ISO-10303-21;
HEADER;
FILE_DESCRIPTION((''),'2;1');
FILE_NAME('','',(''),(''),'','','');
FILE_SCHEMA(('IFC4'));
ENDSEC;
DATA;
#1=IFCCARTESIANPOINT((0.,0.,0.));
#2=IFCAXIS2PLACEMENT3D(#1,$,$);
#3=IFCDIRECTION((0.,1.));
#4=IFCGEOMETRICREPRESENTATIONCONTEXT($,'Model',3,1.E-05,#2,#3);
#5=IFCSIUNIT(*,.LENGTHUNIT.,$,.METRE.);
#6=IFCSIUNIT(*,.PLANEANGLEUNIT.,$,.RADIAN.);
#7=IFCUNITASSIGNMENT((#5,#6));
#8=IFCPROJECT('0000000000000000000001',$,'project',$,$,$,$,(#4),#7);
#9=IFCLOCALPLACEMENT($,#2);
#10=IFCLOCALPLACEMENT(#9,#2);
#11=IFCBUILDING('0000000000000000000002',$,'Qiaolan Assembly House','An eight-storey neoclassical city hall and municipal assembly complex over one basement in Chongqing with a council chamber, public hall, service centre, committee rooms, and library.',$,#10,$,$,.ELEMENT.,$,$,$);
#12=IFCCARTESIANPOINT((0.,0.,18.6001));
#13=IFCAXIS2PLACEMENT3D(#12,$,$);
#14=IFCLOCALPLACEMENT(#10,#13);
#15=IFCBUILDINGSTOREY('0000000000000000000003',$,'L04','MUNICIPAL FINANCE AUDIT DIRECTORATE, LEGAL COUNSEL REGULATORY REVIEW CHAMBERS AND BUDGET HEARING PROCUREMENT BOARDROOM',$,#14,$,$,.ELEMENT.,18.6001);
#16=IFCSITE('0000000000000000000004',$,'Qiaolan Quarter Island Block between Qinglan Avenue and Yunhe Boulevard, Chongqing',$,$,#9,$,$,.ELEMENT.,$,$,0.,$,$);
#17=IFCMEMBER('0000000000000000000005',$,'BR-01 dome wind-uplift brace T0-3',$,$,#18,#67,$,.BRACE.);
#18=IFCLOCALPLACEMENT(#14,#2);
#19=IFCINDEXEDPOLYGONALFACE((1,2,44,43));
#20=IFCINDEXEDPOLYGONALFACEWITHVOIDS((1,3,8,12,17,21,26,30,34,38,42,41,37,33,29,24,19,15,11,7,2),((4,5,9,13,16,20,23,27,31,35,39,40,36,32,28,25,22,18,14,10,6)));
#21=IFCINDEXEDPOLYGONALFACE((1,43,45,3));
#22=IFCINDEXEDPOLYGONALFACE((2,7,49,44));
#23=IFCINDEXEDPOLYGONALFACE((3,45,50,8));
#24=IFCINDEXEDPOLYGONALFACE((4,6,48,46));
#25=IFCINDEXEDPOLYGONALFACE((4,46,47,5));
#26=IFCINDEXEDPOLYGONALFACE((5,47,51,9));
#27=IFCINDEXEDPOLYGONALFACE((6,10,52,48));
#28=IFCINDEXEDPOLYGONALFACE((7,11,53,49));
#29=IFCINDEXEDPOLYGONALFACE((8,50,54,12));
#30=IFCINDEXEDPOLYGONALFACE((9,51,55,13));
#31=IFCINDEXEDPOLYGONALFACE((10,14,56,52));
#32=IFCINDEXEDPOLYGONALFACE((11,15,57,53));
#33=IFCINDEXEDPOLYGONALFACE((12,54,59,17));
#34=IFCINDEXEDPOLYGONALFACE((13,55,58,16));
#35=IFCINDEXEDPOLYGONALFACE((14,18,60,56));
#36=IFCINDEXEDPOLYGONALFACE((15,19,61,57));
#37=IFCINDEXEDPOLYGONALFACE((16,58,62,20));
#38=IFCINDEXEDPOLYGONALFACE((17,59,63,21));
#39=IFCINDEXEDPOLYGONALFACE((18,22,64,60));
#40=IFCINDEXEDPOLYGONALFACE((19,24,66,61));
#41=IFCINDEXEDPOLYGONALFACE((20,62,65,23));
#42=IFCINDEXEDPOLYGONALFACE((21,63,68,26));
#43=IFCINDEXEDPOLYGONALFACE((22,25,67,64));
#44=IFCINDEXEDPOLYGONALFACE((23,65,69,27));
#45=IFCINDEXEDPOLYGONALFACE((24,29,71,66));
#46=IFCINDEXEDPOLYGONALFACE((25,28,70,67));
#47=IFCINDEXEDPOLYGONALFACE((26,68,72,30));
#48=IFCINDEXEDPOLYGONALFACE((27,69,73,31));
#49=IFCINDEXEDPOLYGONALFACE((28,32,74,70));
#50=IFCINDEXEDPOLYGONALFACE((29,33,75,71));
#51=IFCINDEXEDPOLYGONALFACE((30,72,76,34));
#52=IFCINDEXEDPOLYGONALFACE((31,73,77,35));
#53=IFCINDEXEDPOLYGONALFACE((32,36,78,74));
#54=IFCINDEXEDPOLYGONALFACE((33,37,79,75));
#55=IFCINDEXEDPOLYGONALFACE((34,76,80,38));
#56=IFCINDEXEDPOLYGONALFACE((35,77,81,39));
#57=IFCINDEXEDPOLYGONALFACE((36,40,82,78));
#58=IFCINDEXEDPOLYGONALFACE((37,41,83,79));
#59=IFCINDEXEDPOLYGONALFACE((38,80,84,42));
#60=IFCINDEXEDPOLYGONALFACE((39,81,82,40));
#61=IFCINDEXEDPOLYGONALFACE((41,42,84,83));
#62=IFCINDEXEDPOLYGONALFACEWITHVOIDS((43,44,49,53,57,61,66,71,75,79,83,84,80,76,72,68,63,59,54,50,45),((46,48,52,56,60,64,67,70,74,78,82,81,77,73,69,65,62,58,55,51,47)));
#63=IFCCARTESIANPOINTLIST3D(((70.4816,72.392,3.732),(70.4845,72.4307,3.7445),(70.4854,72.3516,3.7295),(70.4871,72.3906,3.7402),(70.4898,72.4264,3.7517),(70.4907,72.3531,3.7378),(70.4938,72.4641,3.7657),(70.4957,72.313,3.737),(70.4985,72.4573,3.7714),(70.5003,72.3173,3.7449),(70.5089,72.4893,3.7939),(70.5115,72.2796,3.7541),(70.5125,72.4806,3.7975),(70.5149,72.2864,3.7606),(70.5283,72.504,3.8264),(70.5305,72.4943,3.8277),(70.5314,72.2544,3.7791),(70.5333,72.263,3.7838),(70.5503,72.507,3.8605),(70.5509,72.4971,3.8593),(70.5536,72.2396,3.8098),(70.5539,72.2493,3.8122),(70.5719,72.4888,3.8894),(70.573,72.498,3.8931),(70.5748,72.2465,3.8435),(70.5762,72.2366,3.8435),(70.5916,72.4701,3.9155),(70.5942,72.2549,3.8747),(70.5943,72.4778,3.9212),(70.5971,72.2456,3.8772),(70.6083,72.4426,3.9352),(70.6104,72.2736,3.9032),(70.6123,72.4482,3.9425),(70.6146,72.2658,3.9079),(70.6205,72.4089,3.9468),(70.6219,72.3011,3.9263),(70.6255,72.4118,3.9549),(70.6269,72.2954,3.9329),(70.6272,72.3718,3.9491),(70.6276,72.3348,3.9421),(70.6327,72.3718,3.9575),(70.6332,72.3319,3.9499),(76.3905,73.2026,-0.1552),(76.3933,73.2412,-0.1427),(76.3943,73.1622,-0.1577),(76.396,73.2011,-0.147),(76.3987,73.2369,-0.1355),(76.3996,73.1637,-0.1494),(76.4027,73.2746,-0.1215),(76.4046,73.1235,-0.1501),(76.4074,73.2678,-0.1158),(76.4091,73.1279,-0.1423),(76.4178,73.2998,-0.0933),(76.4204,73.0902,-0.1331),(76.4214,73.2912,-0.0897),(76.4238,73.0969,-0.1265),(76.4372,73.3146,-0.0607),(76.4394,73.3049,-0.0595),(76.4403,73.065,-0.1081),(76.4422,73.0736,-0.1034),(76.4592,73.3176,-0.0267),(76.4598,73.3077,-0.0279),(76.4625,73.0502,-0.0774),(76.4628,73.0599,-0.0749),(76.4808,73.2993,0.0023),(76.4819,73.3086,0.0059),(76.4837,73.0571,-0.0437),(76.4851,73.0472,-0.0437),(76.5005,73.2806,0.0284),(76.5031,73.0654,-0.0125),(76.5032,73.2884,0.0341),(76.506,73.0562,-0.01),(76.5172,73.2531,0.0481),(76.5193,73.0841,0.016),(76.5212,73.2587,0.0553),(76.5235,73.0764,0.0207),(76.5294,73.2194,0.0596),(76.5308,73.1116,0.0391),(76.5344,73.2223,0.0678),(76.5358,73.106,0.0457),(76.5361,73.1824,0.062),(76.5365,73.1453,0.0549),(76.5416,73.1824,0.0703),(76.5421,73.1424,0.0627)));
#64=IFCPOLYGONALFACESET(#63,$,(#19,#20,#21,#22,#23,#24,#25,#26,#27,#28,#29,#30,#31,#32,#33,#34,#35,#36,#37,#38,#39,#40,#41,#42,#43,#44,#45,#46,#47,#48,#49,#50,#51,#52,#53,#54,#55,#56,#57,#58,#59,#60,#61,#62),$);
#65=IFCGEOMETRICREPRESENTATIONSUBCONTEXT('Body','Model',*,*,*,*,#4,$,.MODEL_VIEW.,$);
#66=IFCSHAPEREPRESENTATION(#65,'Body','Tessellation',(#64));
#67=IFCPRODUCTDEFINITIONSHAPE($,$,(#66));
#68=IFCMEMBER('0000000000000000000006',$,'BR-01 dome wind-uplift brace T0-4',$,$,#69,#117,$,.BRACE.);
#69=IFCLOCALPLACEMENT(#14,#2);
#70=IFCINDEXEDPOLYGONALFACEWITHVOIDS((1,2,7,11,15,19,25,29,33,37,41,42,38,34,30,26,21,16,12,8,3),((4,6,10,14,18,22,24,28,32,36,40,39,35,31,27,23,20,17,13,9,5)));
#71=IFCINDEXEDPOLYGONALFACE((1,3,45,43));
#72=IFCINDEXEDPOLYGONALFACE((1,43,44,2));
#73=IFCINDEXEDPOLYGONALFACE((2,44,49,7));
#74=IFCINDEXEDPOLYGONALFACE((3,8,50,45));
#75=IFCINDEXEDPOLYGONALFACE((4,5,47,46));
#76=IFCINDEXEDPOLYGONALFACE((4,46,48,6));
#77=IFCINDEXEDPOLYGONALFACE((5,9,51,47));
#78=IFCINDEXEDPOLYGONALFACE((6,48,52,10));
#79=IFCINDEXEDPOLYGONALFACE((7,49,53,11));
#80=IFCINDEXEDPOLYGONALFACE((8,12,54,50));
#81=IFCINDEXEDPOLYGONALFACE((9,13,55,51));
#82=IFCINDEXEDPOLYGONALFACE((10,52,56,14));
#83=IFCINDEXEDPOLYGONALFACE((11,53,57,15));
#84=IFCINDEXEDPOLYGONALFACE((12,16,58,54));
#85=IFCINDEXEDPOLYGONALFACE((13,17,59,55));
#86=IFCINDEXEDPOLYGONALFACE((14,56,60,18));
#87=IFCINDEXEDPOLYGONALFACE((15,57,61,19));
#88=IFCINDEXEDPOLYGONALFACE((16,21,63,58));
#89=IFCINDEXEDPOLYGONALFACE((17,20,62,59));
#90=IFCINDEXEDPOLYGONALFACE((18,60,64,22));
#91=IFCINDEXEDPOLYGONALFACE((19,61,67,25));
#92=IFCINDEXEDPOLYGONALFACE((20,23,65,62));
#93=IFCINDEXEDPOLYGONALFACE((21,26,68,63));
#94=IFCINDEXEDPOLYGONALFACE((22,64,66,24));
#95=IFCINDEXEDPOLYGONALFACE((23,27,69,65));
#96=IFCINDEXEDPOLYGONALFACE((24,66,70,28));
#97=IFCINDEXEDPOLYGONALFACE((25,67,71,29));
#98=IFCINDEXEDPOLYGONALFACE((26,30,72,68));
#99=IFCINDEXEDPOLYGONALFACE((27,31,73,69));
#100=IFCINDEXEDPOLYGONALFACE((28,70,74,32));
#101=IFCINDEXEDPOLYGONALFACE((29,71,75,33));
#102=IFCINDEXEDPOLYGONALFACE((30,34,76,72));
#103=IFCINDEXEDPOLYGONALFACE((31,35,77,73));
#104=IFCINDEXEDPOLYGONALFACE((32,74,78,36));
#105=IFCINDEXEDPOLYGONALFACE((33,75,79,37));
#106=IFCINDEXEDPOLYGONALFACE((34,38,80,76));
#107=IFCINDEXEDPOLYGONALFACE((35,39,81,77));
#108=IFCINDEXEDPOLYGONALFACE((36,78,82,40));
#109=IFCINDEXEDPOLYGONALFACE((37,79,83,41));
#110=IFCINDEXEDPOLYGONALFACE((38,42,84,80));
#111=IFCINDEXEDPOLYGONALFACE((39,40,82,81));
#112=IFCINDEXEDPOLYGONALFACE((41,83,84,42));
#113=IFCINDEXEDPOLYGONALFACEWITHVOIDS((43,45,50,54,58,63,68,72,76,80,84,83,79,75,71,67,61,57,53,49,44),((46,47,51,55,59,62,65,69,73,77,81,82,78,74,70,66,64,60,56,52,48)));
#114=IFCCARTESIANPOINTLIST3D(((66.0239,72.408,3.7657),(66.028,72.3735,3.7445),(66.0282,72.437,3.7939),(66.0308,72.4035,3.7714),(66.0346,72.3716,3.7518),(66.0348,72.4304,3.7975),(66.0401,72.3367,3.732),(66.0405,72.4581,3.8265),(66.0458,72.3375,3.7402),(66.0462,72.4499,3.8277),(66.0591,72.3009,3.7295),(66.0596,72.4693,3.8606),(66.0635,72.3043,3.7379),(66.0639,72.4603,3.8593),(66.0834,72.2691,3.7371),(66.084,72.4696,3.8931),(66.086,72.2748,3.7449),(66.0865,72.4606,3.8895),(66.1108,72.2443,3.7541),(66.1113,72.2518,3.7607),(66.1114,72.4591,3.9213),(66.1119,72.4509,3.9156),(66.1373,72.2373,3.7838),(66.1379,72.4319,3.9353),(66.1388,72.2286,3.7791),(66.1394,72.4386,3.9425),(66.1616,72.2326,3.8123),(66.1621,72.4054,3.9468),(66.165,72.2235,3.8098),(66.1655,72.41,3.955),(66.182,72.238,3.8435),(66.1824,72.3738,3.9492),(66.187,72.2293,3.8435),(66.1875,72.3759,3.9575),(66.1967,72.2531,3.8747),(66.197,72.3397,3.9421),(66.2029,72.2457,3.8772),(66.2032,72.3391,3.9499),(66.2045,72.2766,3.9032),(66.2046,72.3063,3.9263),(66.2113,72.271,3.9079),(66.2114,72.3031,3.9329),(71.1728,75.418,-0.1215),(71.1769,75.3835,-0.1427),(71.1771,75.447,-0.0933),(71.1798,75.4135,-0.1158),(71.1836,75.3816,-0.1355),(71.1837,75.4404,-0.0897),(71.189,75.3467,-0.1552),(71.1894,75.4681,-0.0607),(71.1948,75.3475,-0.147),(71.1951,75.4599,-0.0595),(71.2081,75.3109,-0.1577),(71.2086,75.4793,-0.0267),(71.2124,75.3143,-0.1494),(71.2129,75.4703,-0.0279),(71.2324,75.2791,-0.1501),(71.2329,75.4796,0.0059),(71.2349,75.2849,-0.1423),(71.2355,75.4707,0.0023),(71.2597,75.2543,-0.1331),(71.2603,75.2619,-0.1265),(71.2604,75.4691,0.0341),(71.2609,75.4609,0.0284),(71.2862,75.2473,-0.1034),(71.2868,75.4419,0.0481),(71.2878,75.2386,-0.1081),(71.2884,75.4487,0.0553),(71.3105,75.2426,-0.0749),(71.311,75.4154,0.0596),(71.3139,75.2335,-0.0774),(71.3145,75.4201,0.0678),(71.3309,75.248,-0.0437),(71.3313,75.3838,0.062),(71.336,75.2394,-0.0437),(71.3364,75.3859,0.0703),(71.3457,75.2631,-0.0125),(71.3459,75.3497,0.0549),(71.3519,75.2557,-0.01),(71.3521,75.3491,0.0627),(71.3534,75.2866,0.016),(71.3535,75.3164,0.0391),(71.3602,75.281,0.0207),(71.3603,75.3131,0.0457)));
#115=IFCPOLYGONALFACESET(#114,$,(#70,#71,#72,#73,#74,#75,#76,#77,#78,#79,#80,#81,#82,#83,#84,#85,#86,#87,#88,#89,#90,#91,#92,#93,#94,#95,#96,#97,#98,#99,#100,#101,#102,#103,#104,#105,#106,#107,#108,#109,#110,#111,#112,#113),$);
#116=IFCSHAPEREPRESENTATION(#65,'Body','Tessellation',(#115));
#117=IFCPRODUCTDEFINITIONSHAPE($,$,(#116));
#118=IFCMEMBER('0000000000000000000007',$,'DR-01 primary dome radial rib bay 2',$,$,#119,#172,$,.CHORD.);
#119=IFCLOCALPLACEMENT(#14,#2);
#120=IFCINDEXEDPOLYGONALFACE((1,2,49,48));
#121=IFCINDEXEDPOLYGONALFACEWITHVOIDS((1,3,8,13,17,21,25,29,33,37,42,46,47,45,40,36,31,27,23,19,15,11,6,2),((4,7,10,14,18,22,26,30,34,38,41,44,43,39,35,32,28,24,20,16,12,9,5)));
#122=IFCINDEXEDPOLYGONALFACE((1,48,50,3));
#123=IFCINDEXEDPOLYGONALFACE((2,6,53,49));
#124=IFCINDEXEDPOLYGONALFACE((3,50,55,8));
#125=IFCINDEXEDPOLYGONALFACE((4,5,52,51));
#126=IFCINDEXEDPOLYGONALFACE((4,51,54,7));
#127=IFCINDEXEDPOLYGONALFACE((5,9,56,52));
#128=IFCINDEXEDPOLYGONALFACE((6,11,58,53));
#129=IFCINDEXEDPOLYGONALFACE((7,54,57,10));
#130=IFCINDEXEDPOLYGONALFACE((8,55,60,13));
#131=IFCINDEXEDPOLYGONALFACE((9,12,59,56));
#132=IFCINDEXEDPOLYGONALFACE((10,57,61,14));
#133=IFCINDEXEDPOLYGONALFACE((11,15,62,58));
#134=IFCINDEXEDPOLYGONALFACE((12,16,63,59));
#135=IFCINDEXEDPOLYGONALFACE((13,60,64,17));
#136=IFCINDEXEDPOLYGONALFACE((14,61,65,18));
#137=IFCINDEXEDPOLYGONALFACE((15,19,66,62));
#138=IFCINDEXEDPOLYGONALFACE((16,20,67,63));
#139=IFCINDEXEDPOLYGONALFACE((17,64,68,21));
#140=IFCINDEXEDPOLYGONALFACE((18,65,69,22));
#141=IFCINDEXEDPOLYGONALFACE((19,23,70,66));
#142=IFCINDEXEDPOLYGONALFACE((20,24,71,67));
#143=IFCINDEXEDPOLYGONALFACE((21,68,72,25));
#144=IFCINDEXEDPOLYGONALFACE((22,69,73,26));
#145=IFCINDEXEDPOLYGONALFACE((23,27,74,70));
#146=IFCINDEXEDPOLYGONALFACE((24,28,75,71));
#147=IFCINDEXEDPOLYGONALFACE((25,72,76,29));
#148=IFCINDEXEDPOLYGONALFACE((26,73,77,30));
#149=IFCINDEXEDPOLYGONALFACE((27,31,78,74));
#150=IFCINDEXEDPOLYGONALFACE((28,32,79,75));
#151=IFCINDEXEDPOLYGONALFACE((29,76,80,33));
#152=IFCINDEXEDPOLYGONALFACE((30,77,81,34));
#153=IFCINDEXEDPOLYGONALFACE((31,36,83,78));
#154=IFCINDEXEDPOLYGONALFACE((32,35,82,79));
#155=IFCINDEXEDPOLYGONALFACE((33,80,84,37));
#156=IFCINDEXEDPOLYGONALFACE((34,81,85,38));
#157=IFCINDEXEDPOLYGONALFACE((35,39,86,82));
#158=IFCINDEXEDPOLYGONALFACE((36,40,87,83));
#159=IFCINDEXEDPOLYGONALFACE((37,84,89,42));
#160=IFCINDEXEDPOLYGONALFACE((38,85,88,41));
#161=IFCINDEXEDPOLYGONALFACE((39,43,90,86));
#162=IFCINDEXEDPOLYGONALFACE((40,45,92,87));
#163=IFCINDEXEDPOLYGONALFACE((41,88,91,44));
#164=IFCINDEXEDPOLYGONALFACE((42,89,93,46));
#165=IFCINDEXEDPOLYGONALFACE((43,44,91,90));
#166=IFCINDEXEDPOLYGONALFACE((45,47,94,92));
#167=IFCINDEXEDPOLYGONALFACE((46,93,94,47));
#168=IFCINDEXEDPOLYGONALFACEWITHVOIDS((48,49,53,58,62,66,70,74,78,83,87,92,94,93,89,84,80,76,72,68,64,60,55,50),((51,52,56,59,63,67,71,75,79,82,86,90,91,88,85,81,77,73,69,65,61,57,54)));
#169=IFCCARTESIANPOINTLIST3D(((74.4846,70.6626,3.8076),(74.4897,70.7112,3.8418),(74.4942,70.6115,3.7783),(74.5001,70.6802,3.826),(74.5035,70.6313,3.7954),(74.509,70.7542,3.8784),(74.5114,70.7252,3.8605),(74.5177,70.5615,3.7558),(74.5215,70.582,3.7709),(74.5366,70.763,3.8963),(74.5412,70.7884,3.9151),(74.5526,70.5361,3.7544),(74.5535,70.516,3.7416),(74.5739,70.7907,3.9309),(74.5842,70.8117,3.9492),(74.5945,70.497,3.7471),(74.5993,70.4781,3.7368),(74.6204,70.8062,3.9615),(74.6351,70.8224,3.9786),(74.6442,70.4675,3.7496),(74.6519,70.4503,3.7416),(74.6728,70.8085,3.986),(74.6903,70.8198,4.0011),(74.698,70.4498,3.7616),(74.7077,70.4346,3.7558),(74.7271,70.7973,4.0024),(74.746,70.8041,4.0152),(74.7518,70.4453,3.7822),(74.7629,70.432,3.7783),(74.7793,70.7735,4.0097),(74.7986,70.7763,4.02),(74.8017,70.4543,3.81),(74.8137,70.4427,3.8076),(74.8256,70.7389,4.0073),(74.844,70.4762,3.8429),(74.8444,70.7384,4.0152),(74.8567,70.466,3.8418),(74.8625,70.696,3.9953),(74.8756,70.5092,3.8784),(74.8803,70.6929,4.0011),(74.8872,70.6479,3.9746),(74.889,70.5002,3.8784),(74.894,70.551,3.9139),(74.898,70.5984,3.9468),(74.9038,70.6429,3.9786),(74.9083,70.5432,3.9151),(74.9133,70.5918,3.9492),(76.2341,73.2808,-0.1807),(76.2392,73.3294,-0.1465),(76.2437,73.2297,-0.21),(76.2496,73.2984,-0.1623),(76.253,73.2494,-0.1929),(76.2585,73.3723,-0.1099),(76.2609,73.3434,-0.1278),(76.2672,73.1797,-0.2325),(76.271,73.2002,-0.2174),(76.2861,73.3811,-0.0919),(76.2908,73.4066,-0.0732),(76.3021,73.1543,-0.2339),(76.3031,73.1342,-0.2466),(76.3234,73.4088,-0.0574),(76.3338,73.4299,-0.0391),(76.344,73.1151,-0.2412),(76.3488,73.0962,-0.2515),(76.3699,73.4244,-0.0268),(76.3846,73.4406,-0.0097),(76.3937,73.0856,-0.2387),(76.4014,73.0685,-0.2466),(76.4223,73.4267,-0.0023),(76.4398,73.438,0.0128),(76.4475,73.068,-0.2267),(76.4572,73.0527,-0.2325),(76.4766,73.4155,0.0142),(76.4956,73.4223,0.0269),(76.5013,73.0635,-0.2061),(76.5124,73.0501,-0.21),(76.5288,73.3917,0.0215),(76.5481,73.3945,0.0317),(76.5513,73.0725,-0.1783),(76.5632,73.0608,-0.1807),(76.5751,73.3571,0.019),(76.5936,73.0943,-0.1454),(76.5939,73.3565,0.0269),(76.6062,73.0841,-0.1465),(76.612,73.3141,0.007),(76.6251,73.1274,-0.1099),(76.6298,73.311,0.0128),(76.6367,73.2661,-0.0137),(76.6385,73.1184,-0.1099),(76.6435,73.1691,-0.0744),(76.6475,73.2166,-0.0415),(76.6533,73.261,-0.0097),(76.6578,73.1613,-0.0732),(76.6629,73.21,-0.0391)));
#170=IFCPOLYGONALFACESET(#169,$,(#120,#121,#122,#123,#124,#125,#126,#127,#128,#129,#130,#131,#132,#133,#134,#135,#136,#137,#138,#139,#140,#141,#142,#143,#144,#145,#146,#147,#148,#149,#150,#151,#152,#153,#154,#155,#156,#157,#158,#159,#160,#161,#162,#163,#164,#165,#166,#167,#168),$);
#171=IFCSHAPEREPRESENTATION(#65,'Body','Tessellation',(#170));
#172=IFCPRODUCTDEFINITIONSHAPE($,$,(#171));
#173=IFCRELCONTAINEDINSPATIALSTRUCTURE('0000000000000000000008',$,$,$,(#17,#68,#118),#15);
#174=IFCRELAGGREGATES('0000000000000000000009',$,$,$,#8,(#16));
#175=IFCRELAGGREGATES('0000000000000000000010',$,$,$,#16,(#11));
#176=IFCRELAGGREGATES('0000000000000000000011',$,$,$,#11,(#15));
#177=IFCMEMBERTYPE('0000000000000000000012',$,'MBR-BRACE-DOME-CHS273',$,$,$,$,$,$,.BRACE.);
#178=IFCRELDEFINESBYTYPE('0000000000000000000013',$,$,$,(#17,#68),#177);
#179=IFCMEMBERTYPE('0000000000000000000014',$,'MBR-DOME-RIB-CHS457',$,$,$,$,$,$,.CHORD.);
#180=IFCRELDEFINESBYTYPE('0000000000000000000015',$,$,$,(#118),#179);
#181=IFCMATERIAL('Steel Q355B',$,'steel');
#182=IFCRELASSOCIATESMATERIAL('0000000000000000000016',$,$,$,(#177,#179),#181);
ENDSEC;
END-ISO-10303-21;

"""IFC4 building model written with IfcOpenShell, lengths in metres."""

from ifc_helpers import new_model, si_unit, direction, frame, origin, origin_2d, place, context, subcontext, project, spatial, hollow_circle, extrude, material, material_profile, profile_set, type_object, element, save


model = new_model("IFC4")

# Units and contexts
model_context = context("Model", 3, precision=1e-05, world=origin(), true_north=direction((0.0, 1.0)))
body_context = subcontext(model_context, "Body", "Model", "MODEL_VIEW")
ifc_project = project(units=[si_unit("LENGTHUNIT", "METRE"), si_unit("PLANEANGLEUNIT", "RADIAN")], contexts=[model_context])

# Site, building, storey
site_placement = place(None, origin())
site = spatial("IfcSite", under=ifc_project, at=site_placement, Name="Qiaolan Quarter Island Block between Qinglan Avenue and Yunhe Boulevard, Chongqing", CompositionType="ELEMENT", RefElevation=0.0)
building_placement = place(site_placement, origin())
building = spatial("IfcBuilding", under=site, at=building_placement, Name="Qiaolan Assembly House", Description="An eight-storey neoclassical city hall and municipal assembly complex over one basement in Chongqing with a council chamber, public hall, service centre, committee rooms, and library.", CompositionType="ELEMENT")
storey_placement = place(building_placement, frame((0.0, 0.0, 18.6001)))
storey = spatial("IfcBuildingStorey", under=building, at=storey_placement, Name="L04", Description="MUNICIPAL FINANCE AUDIT DIRECTORATE, LEGAL COUNSEL REGULATORY REVIEW CHAMBERS AND BUDGET HEARING PROCUREMENT BOARDROOM", CompositionType="ELEMENT", Elevation=18.6001)

# Shared definitions
ifc_material_1 = material(Name="Steel Q355B", Category="steel")

# Members
ifc_material_profile_1 = material_profile(ifc_material_1, hollow_circle(Radius=0.1365, WallThickness=0.01, at=origin_2d()), Name="CHS 273x10")
ifc_profile_set_1 = profile_set([ifc_material_profile_1], Name="Steel Q355B")
member_type_1 = type_object("IfcMemberType", Name="MBR-BRACE-DOME-CHS273", PredefinedType="BRACE", material=ifc_profile_set_1)
for number, where, z_axis, x_axis, name in (
    (1, (76.4666, 73.1824, -0.0437), (-0.830001, -0.113854, 0.546018), (0.1359, -0.990722, 0.0), "BR-01 dome wind-uplift brace T0-3"),
    (2, (71.2671, 75.3572, -0.0437), (-0.723252, -0.422806, 0.546023), (0.50468, -0.863306, 0.0), "BR-01 dome wind-uplift brace T0-4"),
):
    element("IfcMember", number, at=place(storey_placement, frame(where, z_axis=z_axis, x_axis=x_axis)), inside=storey, type_object=member_type_1, Name=name, PredefinedType="BRACE", context=body_context, shape_type="SweptSolid", body=[
        extrude(hollow_circle(Radius=0.1365, WallThickness=0.01, at=origin_2d()), origin(), (0.0, 0.0, 1.0), 7.1191),
    ])
ifc_material_profile_2 = material_profile(ifc_material_1, hollow_circle(Radius=0.2285, WallThickness=0.0161, at=origin_2d()), Name="CHS 457x16")
ifc_profile_set_2 = profile_set([ifc_material_profile_2], Name="Steel Q355B")
member_type_2 = type_object("IfcMemberType", Name="MBR-DOME-RIB-CHS457", PredefinedType="CHORD", material=ifc_profile_set_2)
member_1_placement = place(storey_placement, frame((76.4485, 73.2454, -0.1099), z_axis=(-0.344288, -0.515231, 0.784858), x_axis=(0.831453, -0.555594, 0.0)))
element("IfcMember", 3, at=member_1_placement, inside=storey, type_object=member_type_2, Name="DR-01 primary dome radial rib bay 2", PredefinedType="CHORD", context=body_context, shape_type="SweptSolid", body=[
    extrude(hollow_circle(Radius=0.2285, WallThickness=0.0161, at=origin_2d()), origin(), (0.0, 0.0, 1.0), 5.0815),
])

save(model, "model.ifc")
